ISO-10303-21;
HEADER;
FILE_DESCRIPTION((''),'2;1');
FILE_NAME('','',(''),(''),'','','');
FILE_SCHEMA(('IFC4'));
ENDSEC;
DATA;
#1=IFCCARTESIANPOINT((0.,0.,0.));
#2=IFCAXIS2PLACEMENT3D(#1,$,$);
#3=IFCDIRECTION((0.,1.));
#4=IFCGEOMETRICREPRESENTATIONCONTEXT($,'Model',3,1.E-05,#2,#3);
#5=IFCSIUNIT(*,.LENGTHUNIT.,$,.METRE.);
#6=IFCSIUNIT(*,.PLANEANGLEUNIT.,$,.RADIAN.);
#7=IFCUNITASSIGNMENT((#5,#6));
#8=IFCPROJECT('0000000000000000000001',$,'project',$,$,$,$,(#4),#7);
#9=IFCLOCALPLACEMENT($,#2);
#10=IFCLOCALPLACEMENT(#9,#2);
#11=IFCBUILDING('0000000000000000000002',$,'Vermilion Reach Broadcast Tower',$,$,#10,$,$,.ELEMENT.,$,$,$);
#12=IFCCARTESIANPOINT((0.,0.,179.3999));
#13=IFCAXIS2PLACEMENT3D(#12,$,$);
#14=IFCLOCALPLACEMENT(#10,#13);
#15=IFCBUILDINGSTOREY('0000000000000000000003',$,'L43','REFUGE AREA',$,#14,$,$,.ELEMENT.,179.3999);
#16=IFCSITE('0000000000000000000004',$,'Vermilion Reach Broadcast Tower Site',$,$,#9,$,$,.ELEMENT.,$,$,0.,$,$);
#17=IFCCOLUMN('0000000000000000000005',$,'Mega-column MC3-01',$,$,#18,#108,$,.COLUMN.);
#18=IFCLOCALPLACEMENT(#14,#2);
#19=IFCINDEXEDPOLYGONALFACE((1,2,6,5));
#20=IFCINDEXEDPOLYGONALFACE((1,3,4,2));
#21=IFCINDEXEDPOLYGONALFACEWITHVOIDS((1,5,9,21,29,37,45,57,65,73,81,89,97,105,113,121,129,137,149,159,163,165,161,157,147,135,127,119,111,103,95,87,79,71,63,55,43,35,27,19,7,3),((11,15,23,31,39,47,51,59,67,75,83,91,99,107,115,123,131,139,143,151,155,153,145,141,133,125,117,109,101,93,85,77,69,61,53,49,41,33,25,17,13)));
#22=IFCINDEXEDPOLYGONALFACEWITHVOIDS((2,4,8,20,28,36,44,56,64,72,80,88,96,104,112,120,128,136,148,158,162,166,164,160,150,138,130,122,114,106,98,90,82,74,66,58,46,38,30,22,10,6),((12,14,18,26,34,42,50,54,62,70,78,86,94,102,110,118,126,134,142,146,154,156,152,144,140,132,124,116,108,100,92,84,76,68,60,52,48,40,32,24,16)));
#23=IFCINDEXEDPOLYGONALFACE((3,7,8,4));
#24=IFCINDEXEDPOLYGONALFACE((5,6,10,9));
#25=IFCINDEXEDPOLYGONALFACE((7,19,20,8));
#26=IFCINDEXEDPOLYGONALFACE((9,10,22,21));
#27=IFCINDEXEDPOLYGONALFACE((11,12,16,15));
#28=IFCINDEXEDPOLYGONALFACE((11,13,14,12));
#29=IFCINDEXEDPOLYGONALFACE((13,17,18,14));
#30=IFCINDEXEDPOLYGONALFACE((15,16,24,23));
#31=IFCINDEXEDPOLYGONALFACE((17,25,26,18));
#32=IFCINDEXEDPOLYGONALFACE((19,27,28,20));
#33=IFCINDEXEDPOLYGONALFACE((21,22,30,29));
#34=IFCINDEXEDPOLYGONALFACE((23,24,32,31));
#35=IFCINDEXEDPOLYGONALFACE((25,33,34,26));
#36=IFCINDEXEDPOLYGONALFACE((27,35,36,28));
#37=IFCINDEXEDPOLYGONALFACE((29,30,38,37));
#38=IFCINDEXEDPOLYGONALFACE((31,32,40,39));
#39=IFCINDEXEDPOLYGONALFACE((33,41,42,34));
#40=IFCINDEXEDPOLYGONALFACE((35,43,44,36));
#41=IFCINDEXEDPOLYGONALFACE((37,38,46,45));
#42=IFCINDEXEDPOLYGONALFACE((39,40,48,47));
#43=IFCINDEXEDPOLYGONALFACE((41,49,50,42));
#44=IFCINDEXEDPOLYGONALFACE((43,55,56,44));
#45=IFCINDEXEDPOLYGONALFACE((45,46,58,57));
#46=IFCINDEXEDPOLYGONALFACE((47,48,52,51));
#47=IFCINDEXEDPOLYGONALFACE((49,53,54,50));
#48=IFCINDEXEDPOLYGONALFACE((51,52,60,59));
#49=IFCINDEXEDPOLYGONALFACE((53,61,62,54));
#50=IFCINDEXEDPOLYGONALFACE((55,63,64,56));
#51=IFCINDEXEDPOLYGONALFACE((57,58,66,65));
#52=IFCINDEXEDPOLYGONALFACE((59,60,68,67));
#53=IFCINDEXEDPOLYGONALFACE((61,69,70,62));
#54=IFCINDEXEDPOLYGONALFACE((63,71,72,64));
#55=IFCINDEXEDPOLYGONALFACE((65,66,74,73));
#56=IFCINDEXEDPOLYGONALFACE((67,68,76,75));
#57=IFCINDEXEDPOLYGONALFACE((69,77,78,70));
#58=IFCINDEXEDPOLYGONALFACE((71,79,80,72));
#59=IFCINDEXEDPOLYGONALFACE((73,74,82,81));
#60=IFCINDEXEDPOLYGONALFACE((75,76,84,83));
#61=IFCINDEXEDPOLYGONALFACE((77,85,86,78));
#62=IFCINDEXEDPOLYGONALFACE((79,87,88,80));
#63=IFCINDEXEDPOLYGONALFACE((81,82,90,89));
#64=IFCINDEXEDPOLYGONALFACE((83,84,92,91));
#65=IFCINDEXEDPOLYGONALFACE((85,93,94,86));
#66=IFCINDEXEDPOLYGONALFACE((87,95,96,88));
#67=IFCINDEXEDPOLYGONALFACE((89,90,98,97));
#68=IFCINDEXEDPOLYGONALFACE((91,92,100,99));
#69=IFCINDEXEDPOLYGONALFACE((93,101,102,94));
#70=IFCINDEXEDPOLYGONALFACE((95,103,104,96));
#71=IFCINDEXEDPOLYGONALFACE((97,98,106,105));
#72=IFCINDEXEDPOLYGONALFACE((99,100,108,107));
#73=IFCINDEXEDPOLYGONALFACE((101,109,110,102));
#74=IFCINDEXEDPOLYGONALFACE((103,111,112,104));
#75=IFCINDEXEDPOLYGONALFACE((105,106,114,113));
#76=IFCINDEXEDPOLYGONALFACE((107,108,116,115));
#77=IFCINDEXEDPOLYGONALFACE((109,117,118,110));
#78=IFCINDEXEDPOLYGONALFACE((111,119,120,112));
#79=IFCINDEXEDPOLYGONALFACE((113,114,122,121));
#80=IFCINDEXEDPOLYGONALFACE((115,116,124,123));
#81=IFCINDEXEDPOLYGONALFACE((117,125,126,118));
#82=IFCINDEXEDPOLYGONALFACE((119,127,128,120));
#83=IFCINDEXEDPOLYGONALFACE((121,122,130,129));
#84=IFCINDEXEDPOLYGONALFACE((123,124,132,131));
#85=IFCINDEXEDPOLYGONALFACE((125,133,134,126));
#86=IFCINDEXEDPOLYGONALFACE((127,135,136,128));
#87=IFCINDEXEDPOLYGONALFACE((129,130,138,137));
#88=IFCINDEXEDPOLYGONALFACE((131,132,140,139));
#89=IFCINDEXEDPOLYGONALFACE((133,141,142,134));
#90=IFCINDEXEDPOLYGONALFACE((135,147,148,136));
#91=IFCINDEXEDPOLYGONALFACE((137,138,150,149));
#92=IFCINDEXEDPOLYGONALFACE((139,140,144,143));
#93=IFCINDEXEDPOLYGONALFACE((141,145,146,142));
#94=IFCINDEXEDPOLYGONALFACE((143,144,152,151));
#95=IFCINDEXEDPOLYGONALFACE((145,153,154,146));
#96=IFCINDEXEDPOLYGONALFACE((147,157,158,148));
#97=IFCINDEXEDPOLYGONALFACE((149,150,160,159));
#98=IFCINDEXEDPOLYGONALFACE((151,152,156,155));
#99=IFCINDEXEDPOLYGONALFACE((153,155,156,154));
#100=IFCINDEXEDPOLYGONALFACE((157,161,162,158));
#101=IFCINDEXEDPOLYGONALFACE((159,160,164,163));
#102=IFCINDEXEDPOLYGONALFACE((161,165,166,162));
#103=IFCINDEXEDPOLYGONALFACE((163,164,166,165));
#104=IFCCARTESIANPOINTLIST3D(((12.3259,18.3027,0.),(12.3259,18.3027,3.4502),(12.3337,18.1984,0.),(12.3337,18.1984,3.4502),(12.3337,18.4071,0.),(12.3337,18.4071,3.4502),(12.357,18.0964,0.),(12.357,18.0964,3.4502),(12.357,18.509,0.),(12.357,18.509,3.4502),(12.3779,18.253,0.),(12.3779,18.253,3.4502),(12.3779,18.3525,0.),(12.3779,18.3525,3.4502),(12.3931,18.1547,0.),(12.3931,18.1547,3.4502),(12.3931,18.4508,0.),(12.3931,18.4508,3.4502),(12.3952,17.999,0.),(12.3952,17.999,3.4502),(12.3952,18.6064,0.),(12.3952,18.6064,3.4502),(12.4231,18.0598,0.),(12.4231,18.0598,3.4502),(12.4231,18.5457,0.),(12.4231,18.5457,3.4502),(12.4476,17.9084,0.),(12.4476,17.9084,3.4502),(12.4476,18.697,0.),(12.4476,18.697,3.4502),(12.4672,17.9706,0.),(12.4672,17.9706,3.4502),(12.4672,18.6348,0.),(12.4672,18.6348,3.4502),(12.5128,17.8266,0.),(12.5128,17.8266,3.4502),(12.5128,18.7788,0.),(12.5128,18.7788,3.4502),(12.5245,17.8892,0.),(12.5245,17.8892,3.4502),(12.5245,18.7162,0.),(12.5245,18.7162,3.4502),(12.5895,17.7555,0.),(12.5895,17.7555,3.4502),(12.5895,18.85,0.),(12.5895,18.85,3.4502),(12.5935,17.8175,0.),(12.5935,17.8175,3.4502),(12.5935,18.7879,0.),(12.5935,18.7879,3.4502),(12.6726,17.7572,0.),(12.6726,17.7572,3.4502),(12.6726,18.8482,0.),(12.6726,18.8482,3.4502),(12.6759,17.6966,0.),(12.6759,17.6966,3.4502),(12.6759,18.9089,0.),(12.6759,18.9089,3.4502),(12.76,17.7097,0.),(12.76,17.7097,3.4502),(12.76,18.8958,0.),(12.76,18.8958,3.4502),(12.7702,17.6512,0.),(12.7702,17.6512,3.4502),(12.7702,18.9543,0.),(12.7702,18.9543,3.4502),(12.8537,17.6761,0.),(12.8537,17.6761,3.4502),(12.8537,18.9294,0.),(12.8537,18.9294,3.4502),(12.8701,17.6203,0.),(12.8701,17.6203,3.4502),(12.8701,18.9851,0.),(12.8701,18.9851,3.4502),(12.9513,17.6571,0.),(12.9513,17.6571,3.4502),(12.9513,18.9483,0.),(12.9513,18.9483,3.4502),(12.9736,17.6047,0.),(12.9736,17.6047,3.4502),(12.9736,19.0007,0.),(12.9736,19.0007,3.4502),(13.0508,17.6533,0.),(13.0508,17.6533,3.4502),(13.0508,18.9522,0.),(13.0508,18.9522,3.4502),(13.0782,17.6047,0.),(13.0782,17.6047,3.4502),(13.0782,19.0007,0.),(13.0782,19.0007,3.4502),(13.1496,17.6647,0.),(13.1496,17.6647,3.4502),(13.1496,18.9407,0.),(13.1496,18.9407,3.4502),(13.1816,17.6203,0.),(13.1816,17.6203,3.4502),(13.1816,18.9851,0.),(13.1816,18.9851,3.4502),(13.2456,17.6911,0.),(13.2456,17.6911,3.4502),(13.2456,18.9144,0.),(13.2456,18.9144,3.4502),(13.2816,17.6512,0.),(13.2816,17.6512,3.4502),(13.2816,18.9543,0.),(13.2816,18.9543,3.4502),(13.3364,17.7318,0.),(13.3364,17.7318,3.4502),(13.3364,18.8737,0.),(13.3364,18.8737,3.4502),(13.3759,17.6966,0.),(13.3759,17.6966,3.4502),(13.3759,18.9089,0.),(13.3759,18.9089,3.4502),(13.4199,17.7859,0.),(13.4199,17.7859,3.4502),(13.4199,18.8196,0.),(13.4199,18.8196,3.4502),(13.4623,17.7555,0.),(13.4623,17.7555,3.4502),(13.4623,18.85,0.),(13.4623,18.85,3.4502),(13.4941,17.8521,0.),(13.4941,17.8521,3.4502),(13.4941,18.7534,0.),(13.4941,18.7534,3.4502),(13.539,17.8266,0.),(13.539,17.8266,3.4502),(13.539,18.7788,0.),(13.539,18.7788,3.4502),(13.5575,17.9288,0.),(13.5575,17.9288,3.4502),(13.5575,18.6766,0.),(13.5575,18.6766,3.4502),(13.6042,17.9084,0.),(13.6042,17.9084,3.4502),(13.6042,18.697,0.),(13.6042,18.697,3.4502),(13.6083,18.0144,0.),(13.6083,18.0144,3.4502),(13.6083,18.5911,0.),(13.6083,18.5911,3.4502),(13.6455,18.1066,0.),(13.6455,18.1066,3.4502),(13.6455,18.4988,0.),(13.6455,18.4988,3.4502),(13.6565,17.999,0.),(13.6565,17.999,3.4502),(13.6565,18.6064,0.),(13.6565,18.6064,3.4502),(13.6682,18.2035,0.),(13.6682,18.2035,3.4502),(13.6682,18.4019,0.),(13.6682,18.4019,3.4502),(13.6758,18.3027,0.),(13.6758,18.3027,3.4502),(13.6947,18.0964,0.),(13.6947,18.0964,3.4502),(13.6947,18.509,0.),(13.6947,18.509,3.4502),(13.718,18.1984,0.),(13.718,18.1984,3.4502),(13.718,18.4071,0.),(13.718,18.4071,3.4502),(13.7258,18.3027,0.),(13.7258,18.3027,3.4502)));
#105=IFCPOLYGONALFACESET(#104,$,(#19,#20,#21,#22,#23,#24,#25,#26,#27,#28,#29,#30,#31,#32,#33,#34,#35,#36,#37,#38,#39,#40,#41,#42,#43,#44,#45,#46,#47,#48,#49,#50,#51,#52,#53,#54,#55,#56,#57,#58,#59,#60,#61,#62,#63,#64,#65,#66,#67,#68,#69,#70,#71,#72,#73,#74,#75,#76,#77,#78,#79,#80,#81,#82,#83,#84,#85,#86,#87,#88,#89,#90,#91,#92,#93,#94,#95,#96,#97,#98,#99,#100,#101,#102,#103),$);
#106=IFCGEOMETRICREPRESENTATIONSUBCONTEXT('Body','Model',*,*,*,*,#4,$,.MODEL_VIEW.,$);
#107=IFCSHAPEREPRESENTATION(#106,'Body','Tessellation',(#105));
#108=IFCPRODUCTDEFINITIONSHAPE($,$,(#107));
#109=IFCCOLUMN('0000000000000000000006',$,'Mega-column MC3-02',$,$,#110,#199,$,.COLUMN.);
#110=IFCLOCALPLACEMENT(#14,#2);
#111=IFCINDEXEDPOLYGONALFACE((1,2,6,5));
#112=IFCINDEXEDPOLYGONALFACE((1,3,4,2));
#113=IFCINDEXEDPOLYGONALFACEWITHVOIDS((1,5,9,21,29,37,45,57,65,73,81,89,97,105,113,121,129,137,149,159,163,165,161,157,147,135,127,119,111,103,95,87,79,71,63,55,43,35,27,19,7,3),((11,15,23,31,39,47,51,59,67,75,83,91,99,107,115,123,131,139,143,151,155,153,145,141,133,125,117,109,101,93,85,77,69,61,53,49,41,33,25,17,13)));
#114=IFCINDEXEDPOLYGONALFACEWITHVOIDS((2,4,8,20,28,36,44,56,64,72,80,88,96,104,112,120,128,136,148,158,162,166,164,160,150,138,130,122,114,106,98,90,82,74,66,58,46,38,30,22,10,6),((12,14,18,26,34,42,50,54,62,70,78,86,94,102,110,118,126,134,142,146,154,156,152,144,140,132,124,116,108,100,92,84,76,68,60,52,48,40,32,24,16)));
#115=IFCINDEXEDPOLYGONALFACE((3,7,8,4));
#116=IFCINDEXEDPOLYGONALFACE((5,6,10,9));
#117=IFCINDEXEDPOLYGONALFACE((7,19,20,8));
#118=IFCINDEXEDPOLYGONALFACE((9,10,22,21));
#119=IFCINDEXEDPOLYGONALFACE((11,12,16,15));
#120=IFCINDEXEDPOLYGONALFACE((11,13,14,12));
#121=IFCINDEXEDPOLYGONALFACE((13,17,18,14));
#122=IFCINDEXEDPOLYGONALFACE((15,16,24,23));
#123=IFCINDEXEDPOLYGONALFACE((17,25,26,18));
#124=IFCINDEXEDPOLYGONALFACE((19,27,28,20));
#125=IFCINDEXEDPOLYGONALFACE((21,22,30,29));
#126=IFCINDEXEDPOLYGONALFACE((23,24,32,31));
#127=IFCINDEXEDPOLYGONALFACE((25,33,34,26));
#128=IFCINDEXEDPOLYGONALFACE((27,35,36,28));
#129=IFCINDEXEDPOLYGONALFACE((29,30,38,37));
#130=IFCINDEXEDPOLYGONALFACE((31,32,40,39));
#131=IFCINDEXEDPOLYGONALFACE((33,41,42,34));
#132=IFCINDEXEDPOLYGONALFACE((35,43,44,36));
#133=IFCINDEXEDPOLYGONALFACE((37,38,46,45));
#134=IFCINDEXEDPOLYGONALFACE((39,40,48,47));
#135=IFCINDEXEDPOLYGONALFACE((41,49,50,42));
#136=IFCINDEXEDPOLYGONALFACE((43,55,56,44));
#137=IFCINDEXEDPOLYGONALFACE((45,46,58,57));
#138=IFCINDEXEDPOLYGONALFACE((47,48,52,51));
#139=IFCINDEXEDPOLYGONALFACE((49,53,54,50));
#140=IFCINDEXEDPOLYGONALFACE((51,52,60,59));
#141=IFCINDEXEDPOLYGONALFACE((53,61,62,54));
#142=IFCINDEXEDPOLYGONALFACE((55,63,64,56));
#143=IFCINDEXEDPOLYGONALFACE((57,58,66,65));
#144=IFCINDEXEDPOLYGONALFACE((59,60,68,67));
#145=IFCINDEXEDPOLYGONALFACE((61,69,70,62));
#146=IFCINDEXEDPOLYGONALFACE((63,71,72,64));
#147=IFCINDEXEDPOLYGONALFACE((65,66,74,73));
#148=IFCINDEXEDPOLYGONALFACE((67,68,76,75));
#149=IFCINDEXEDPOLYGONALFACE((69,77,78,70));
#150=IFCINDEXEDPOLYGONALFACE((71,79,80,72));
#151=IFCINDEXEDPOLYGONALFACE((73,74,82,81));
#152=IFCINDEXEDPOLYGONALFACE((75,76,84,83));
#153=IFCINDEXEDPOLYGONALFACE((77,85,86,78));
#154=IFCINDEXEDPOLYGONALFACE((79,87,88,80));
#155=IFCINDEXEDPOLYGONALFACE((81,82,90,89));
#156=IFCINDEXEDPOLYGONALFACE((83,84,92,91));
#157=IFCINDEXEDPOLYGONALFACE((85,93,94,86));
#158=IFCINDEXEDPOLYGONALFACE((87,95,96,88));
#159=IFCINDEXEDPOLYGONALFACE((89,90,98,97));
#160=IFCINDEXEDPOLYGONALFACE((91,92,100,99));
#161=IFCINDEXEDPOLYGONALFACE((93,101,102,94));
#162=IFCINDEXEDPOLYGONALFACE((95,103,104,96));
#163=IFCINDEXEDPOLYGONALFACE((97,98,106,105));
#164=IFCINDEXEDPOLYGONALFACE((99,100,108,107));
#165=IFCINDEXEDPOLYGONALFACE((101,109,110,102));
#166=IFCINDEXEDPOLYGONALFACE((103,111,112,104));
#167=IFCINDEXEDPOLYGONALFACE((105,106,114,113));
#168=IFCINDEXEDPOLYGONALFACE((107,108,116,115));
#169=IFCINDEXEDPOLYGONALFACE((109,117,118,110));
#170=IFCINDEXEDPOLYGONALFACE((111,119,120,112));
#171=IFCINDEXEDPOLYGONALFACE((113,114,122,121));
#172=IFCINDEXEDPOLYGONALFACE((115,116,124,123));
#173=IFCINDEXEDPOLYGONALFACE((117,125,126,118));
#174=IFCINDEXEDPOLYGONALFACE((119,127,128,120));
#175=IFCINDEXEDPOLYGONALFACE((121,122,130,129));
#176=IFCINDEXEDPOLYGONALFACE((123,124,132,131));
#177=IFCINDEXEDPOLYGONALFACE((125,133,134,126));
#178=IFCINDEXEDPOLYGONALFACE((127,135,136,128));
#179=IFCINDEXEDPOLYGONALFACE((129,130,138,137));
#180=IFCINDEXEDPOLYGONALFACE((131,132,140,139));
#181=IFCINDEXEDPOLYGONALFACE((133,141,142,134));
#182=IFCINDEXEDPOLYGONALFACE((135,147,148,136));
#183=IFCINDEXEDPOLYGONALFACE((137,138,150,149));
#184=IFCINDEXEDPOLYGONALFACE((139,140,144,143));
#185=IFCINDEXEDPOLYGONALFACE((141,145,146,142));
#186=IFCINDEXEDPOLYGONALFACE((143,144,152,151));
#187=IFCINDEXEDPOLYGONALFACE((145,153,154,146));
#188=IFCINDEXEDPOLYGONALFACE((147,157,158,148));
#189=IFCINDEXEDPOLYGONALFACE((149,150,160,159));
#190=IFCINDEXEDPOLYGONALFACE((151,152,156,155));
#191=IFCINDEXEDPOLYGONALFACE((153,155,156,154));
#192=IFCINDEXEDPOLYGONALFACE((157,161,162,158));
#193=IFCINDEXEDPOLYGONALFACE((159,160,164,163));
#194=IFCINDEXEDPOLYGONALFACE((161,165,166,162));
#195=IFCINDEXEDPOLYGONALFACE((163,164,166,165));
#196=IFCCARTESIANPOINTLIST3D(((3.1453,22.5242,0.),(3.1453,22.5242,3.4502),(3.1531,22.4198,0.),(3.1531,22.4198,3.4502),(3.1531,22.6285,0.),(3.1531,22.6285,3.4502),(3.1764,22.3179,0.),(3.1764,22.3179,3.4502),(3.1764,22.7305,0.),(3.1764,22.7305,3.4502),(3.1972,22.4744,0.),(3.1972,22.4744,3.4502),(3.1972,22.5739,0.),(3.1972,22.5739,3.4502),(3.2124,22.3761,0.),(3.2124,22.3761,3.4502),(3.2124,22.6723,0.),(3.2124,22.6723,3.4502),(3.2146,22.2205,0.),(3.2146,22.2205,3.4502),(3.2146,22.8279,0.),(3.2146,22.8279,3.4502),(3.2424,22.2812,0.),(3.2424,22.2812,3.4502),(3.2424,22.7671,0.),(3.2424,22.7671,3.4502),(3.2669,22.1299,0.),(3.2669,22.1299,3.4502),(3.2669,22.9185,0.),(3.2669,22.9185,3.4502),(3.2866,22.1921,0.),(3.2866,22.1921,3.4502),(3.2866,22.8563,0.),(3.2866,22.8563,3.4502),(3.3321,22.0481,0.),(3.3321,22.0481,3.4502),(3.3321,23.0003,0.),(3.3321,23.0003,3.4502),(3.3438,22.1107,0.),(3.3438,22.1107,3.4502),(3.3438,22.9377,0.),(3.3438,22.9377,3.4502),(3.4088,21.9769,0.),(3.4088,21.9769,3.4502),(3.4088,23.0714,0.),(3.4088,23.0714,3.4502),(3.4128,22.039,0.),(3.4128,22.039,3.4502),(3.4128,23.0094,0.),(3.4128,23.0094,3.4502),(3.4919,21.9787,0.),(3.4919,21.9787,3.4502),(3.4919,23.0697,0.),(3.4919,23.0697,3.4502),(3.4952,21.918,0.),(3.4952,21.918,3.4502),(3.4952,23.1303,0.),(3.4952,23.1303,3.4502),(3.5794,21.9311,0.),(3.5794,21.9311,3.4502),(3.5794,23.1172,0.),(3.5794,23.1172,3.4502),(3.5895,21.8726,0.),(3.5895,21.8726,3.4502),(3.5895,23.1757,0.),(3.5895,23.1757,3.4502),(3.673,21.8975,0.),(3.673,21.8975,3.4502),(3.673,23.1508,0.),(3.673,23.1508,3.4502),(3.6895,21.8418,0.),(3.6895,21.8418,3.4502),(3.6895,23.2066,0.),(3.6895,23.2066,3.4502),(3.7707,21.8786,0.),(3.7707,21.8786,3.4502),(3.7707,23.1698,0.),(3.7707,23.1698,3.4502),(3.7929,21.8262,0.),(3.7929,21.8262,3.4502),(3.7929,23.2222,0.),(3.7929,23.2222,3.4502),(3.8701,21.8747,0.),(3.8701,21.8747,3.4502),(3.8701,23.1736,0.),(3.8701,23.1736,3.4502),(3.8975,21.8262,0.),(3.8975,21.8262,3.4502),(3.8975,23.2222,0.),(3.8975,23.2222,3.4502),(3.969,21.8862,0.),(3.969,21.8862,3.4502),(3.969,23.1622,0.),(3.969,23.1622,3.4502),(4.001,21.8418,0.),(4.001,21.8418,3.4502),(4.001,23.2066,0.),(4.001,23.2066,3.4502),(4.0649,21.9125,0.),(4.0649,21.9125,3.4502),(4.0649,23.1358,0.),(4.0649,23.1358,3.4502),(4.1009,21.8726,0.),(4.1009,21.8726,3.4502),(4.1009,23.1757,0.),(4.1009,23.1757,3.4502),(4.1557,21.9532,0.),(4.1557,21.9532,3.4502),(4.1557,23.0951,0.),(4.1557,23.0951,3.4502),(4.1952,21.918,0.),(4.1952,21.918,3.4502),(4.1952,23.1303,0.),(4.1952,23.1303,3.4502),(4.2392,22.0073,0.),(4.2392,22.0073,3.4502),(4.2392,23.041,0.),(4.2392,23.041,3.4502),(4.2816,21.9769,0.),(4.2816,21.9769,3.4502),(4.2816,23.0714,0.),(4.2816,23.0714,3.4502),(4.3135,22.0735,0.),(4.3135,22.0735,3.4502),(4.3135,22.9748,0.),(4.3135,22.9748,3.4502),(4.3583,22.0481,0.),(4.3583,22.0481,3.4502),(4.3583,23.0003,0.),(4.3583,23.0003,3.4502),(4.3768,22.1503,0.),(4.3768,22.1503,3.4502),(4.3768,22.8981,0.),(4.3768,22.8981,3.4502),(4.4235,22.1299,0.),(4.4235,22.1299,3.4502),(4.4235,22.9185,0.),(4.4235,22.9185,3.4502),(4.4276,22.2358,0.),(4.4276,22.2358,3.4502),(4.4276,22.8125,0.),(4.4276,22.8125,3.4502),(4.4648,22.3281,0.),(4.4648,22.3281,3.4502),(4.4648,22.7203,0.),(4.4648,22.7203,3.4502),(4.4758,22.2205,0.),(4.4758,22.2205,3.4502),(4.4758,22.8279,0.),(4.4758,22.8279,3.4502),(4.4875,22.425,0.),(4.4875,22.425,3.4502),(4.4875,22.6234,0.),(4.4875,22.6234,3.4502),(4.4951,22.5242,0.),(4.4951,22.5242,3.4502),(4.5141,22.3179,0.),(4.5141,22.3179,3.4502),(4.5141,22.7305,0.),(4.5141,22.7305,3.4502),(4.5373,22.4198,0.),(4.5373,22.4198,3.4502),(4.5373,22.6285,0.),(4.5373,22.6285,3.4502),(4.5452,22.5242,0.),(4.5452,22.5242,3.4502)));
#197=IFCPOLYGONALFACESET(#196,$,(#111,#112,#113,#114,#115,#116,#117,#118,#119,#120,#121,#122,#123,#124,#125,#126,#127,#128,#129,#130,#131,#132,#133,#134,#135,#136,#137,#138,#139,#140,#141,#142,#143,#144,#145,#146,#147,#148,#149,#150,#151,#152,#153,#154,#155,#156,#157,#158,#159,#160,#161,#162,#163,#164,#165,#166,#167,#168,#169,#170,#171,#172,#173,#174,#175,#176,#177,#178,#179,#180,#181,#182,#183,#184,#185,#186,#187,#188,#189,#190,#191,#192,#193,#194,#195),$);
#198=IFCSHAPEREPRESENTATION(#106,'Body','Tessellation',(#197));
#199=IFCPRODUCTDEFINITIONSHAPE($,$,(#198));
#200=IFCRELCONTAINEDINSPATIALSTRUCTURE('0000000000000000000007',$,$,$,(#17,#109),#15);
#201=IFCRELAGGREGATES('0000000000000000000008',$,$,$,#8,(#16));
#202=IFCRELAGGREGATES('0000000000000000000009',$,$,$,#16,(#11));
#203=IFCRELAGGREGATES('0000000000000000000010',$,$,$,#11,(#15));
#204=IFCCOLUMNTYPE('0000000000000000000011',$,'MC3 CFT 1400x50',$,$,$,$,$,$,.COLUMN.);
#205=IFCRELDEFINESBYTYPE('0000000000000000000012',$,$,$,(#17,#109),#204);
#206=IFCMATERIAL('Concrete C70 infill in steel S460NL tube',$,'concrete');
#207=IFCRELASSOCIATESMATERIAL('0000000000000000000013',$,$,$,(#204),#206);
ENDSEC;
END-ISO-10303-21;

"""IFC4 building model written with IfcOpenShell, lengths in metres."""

from ifc_helpers import new_model, si_unit, direction, frame, origin, origin_2d, place, context, subcontext, project, spatial, hollow_circle, extrude, material, material_profile, profile_set, type_object, element, save


model = new_model("IFC4")

# Units and contexts
model_context = context("Model", 3, precision=1e-05, world=origin(), true_north=direction((0.0, 1.0)))
body_context = subcontext(model_context, "Body", "Model", "MODEL_VIEW")
ifc_project = project(units=[si_unit("LENGTHUNIT", "METRE"), si_unit("PLANEANGLEUNIT", "RADIAN")], contexts=[model_context])

# Site, building, storey
site_placement = place(None, origin())
site = spatial("IfcSite", under=ifc_project, at=site_placement, Name="Vermilion Reach Broadcast Tower Site", CompositionType="ELEMENT", RefElevation=0.0)
building_placement = place(site_placement, origin())
building = spatial("IfcBuilding", under=site, at=building_placement, Name="Vermilion Reach Broadcast Tower", CompositionType="ELEMENT")
storey_placement = place(building_placement, frame((0.0, 0.0, 179.3999)))
storey = spatial("IfcBuildingStorey", under=building, at=storey_placement, Name="L43", Description="REFUGE AREA", CompositionType="ELEMENT", Elevation=179.3999)

# Columns
ifc_material_1 = material(Name="Concrete C70 infill in steel S460NL tube", Category="concrete")
ifc_material_profile_1 = material_profile(ifc_material_1, hollow_circle(Radius=0.7, WallThickness=0.05, at=origin_2d()), Name="Concrete C70 infill in steel S460NL tube CFT 1400x50")
ifc_profile_set_1 = profile_set([ifc_material_profile_1], Name="Concrete C70 infill in steel S460NL tube")
column_type = type_object("IfcColumnType", Name="MC3 CFT 1400x50", PredefinedType="COLUMN", material=ifc_profile_set_1)
for number, where, z_axis, x_axis, name in (
    (1, (13.0259, 18.3027, 0.0), (0.0, 0.0, 1.0), (1.0, 0.0, 0.0), "Mega-column MC3-01"),
    (2, (3.8452, 22.5242, 0.0), (0.0, 0.0, 1.0), (1.0, 0.0, 0.0), "Mega-column MC3-02"),
):
    element("IfcColumn", number, at=place(storey_placement, frame(where, z_axis=z_axis, x_axis=x_axis)), inside=storey, type_object=column_type, Name=name, PredefinedType="COLUMN", context=body_context, shape_type="SweptSolid", body=[
        extrude(hollow_circle(Radius=0.7, WallThickness=0.05, at=origin_2d()), origin(), (0.0, 0.0, 1.0), 3.4502),
    ])

save(model, "model.ifc")
